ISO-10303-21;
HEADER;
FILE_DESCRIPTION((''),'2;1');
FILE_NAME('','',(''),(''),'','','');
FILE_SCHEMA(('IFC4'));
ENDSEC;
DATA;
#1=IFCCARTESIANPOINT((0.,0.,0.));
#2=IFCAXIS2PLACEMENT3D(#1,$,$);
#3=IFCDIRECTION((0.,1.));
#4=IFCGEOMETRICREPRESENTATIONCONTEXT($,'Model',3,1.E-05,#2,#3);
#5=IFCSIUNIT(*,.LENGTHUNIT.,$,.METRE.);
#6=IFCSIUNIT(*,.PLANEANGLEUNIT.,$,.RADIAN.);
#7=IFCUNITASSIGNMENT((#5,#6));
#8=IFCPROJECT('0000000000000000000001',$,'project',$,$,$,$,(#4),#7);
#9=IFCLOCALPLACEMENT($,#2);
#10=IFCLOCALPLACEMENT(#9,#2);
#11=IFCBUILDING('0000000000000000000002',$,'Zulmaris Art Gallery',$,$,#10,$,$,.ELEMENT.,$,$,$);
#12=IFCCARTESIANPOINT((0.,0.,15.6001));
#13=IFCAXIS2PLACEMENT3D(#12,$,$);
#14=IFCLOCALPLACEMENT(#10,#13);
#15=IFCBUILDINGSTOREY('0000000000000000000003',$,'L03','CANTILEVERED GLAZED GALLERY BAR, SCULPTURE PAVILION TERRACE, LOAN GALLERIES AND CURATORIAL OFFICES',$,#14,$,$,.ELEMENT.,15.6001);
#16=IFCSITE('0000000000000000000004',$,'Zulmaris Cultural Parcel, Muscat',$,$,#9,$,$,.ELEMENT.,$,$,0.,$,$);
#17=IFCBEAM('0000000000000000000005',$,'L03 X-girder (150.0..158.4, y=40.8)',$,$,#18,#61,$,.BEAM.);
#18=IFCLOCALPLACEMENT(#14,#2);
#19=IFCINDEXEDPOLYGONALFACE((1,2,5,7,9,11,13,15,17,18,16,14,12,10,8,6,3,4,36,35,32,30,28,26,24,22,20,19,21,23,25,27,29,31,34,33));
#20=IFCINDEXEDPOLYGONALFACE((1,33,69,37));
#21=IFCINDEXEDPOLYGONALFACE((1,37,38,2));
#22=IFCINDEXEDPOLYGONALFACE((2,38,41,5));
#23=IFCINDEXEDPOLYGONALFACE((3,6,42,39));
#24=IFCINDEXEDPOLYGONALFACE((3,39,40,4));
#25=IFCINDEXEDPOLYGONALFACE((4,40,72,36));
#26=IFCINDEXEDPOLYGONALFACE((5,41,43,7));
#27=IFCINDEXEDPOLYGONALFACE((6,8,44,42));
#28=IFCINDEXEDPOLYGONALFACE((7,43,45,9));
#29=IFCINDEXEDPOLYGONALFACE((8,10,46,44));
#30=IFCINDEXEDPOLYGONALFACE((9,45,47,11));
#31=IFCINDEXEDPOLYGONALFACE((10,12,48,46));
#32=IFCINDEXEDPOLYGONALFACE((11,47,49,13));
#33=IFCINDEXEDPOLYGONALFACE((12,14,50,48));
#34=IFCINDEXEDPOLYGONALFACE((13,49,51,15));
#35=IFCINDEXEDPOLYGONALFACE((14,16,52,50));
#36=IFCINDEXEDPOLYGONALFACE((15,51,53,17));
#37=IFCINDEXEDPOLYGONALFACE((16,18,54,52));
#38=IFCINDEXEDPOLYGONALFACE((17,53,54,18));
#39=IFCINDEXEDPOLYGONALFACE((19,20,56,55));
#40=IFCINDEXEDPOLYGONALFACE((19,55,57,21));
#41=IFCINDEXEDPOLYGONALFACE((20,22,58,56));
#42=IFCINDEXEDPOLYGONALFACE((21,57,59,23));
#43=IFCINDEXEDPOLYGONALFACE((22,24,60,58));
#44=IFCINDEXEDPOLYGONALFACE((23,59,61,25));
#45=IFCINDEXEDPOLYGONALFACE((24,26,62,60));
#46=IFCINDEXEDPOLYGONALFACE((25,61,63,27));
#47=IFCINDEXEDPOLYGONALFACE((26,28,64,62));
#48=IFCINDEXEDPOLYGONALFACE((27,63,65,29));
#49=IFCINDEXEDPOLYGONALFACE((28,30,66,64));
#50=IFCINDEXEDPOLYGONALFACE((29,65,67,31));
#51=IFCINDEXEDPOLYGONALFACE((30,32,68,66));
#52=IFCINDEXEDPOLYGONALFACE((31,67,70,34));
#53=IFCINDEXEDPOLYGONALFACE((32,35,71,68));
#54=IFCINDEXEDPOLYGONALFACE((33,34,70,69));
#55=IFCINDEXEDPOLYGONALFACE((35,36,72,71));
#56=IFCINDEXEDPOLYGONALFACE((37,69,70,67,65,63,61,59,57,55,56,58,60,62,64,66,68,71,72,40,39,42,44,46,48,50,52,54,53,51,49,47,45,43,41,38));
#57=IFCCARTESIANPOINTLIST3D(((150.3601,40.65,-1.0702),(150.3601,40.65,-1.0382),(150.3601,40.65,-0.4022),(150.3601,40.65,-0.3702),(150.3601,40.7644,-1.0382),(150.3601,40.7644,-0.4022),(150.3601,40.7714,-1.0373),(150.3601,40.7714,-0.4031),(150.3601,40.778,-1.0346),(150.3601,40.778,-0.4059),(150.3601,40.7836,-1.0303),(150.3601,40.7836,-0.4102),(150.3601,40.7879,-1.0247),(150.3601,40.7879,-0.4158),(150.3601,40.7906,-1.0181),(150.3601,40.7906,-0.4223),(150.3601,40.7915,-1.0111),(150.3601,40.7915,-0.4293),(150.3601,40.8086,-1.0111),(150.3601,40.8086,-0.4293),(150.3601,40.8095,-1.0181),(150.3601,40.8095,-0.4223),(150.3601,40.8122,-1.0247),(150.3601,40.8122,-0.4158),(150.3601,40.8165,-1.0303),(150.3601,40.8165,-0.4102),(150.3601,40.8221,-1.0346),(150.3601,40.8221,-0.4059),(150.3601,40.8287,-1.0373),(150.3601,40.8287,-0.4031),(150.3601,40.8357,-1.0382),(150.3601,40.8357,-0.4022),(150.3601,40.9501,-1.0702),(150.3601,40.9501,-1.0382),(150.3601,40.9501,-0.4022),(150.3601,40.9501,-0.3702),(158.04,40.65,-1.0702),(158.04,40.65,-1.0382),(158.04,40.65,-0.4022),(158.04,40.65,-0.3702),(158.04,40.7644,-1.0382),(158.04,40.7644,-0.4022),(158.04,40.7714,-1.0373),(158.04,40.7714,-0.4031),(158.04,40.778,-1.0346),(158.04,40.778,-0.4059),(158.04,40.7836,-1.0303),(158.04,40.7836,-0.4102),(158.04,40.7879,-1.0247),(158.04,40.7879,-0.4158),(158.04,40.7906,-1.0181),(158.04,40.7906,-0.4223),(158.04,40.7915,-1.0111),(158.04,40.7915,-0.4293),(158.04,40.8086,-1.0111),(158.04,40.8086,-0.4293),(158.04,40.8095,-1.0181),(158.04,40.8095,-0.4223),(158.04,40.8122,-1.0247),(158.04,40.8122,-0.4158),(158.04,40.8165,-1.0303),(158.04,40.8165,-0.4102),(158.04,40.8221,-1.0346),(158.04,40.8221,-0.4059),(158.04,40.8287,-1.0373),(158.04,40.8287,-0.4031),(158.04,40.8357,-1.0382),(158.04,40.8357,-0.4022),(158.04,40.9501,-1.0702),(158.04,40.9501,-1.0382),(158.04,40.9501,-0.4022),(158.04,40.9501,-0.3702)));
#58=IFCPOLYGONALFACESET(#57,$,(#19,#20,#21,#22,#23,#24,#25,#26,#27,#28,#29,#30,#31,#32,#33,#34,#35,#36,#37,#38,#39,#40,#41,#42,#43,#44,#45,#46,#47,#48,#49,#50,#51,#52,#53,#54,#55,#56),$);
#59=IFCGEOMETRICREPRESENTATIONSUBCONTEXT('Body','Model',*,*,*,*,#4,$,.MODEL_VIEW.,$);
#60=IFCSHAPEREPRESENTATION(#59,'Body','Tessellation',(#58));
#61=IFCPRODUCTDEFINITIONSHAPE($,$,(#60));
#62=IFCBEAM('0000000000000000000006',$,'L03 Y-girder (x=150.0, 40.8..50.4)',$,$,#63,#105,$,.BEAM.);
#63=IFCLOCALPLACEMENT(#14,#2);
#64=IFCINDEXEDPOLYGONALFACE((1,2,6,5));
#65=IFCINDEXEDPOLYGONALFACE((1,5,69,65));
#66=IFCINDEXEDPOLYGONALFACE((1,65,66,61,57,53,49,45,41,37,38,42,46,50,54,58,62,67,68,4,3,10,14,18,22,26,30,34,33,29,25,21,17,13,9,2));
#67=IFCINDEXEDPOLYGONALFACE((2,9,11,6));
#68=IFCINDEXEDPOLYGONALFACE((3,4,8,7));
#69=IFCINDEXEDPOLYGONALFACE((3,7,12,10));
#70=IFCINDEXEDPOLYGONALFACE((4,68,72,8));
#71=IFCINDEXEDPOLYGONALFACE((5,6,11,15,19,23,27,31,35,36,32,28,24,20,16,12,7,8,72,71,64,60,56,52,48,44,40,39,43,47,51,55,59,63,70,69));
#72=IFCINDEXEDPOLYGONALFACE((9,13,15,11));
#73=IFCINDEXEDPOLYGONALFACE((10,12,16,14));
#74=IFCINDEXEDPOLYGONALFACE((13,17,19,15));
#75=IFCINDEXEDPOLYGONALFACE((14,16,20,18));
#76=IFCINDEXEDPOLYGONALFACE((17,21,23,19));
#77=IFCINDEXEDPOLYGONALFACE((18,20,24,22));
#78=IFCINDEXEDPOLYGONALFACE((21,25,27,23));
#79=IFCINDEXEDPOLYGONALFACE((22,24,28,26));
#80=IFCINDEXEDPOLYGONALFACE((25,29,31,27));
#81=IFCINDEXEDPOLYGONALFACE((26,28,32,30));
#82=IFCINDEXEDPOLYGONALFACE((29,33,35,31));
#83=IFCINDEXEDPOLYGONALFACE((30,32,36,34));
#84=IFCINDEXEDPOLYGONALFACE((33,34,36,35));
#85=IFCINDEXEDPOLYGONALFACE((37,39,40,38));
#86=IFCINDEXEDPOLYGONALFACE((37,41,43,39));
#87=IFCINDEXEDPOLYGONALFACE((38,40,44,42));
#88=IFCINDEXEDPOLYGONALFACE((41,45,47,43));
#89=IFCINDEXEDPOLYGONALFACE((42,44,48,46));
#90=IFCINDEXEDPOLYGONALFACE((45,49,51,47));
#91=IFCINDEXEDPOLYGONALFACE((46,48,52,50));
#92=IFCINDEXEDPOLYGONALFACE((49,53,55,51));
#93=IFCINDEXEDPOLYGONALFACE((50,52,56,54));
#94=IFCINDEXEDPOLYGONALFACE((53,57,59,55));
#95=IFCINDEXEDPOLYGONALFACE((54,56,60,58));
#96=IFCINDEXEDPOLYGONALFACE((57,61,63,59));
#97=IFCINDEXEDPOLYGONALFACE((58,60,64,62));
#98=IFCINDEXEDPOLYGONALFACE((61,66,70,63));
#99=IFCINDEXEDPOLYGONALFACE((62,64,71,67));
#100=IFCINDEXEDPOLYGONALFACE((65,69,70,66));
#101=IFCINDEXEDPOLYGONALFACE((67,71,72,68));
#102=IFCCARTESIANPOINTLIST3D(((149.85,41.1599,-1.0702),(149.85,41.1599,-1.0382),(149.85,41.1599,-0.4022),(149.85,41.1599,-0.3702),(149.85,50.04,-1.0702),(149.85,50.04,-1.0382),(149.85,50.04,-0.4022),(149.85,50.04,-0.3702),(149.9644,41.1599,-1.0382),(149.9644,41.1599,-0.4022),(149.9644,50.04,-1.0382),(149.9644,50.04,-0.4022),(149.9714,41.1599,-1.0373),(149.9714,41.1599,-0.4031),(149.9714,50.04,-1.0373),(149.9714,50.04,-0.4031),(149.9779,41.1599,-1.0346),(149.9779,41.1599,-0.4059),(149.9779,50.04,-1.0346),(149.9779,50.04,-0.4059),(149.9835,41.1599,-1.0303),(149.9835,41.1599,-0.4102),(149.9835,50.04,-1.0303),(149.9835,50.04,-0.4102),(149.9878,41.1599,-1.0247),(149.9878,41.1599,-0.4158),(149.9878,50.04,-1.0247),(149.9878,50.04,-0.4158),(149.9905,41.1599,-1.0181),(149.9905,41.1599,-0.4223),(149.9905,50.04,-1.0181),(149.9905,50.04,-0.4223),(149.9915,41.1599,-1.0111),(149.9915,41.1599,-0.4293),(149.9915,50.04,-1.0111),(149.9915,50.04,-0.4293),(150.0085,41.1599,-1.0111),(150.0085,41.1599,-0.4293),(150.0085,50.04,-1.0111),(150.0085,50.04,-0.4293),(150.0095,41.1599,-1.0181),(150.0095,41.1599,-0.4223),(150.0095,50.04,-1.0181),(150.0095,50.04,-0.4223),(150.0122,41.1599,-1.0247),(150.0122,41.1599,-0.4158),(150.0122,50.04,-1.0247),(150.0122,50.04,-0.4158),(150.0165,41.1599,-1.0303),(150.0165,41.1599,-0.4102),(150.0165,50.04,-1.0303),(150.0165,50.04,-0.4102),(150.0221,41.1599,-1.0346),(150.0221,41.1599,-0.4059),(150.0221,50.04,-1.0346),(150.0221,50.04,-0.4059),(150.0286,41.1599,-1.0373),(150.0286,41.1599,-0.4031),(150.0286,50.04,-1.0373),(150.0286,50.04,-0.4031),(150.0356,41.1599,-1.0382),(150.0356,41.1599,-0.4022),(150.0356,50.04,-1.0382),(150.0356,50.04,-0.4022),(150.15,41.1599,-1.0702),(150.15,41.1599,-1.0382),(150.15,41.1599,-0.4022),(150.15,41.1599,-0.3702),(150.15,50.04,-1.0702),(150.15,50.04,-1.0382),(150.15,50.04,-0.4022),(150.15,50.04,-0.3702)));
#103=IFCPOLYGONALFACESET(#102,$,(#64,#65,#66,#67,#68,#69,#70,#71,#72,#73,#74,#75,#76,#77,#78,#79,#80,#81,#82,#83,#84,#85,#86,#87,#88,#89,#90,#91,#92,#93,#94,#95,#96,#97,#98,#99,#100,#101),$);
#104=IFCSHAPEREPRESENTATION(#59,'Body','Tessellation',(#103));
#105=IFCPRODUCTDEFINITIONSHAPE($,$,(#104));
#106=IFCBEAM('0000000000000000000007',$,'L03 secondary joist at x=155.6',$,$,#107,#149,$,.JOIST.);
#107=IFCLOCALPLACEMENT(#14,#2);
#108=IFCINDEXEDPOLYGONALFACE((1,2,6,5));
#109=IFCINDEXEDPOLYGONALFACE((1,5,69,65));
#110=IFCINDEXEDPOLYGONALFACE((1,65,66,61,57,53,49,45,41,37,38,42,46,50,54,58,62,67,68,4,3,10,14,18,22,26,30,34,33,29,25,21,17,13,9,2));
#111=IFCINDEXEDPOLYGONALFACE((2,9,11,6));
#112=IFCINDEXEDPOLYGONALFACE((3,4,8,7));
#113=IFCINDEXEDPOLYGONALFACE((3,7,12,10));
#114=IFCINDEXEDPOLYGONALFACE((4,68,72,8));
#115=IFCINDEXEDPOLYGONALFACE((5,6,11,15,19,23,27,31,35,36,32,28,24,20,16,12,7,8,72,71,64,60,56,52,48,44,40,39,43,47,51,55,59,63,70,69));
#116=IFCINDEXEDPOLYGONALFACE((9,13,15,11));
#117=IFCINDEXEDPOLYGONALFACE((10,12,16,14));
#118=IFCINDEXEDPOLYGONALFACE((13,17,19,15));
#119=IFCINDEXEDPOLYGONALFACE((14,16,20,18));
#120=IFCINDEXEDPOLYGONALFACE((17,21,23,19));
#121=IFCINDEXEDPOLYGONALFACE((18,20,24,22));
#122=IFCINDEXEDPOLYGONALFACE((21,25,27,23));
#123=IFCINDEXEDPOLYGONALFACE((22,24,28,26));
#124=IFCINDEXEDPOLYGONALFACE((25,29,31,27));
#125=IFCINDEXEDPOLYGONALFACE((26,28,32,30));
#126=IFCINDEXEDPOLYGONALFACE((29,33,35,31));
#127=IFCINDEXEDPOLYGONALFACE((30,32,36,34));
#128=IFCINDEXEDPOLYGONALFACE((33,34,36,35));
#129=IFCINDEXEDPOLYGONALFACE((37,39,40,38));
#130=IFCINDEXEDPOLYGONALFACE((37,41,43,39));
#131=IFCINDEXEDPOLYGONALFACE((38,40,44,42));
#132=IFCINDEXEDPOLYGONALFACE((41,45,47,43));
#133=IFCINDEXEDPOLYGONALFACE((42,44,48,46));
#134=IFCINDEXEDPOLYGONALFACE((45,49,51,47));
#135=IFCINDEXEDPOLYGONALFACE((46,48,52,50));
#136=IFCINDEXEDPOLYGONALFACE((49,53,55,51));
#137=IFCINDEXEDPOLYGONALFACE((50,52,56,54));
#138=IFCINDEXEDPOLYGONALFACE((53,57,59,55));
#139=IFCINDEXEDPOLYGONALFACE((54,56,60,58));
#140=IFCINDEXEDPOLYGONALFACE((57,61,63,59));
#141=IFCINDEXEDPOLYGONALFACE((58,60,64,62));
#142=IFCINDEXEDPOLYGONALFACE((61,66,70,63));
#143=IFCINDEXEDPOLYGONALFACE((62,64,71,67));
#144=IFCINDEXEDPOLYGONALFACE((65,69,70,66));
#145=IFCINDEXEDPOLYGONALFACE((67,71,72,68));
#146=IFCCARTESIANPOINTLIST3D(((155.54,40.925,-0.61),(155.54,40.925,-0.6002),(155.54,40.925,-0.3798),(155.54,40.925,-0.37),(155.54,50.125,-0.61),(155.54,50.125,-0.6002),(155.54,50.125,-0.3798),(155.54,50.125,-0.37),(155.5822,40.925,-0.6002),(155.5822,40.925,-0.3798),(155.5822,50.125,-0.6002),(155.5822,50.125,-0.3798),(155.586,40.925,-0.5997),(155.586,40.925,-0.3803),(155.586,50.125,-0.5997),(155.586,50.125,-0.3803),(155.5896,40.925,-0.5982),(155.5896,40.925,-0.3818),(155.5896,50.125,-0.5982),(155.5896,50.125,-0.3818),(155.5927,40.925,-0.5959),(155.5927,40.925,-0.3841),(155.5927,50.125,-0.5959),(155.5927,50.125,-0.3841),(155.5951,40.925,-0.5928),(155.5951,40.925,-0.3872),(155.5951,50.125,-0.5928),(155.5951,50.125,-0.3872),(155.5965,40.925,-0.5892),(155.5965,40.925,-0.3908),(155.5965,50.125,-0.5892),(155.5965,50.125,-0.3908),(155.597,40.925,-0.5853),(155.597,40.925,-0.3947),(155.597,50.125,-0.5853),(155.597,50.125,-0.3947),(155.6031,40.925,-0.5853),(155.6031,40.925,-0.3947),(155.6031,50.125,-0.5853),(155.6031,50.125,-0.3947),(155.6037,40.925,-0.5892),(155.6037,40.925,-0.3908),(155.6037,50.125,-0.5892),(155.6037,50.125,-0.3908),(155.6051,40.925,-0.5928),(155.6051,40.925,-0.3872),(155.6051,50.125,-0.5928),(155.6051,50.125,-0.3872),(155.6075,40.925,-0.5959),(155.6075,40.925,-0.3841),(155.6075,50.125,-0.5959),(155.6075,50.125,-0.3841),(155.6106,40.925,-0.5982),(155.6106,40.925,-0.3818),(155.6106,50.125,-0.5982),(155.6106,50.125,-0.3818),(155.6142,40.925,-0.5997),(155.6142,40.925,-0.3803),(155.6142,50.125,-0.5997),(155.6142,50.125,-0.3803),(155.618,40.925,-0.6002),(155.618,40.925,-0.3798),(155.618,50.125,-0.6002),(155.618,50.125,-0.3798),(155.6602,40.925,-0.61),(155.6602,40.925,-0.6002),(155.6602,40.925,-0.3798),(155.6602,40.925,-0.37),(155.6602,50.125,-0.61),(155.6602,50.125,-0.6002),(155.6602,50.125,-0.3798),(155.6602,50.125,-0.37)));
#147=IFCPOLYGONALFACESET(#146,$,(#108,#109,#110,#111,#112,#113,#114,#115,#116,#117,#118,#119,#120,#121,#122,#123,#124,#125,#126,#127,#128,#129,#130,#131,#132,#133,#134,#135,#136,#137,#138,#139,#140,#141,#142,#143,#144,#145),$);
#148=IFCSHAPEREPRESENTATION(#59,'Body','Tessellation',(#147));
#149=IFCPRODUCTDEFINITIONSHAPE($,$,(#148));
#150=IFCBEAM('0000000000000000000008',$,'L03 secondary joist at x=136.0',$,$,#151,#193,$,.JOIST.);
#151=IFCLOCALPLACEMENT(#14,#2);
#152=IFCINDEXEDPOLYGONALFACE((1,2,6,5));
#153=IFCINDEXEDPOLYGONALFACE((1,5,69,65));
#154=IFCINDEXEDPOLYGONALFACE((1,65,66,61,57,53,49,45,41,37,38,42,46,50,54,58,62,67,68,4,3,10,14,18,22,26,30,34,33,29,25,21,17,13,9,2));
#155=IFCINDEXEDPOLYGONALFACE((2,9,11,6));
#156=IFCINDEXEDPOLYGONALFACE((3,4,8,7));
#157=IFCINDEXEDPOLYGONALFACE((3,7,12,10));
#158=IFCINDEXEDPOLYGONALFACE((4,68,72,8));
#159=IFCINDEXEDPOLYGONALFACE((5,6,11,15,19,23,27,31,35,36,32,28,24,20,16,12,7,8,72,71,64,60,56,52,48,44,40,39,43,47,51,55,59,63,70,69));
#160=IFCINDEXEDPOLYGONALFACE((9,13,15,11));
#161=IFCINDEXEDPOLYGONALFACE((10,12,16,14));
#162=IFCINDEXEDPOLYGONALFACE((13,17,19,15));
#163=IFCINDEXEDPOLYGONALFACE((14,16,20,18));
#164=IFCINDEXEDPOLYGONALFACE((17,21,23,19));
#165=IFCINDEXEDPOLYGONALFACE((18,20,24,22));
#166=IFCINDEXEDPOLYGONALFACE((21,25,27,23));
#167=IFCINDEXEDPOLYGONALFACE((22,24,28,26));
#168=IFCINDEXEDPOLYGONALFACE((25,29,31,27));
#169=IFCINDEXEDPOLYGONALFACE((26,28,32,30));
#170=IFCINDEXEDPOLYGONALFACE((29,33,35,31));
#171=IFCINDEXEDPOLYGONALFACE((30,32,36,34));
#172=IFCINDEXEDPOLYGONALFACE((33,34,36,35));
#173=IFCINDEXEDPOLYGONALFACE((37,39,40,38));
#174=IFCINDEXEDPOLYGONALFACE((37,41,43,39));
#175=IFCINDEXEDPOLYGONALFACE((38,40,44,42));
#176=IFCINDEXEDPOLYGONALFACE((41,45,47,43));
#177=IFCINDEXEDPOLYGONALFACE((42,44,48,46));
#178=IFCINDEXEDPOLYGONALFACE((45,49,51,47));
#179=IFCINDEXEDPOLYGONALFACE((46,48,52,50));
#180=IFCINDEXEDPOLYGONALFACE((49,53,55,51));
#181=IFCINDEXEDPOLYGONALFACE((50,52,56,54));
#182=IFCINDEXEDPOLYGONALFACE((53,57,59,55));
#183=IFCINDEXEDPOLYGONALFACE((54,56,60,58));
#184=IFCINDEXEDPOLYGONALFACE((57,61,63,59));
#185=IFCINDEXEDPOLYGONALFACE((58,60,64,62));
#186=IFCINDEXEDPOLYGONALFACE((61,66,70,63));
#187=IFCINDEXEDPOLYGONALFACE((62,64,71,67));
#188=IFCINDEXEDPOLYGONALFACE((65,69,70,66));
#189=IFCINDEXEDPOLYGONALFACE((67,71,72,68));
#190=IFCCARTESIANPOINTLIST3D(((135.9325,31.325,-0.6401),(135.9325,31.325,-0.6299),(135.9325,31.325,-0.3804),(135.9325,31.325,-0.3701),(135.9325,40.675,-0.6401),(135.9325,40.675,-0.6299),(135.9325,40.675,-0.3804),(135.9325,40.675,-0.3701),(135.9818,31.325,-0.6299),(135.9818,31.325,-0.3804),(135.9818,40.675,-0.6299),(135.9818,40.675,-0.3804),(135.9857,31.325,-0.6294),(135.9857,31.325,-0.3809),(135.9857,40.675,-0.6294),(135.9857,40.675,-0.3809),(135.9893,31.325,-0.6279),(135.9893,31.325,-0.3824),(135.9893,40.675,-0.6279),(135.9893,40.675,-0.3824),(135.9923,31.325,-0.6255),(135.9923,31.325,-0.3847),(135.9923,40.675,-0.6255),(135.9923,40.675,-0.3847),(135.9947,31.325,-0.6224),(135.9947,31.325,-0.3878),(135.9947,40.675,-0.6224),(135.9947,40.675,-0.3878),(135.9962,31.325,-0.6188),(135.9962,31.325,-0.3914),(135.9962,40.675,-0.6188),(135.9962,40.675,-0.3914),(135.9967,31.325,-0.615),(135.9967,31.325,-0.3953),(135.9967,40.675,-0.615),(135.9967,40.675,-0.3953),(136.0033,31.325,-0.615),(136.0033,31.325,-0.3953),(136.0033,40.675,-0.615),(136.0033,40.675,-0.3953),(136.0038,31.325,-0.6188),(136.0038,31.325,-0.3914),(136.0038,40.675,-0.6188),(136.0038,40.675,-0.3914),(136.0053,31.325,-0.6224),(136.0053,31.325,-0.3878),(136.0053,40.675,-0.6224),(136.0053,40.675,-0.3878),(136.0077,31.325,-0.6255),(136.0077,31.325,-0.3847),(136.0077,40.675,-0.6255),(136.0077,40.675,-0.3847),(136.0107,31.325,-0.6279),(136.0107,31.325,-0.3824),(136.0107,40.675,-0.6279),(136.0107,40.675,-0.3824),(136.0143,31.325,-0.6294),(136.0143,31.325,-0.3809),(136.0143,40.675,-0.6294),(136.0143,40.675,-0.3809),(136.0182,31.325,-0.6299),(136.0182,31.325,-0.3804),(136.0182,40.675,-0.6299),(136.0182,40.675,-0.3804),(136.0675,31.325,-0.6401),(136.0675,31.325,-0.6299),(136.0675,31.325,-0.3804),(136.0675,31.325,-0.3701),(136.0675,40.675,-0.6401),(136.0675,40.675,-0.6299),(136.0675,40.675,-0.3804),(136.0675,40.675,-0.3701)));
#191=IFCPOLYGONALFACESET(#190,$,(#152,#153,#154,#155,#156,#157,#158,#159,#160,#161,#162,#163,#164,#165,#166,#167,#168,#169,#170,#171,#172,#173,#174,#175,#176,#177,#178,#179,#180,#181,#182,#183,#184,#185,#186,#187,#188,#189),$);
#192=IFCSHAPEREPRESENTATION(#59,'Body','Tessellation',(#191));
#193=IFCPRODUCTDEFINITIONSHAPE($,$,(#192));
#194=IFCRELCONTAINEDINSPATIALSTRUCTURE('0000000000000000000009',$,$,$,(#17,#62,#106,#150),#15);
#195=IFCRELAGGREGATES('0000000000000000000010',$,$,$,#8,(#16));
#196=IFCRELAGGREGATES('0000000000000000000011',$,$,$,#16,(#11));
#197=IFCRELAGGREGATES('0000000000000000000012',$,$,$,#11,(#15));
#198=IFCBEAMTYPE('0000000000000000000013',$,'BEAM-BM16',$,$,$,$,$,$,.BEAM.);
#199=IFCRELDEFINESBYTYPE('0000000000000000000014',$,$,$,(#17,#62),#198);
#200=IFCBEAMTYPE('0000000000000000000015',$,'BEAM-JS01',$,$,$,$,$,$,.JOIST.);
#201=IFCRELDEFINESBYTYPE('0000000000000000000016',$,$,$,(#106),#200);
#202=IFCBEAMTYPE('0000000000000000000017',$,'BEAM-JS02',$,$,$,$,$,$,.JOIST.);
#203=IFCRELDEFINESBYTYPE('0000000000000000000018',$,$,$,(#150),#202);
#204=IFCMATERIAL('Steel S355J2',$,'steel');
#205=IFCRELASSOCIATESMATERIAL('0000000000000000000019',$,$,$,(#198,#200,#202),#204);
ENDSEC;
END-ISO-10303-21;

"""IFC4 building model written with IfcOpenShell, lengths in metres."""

from ifc_helpers import new_model, si_unit, direction, frame, origin, origin_2d, place, context, subcontext, project, spatial, i_section, extrude, material, material_profile, profile_set, type_object, element, save


model = new_model("IFC4")

# Units and contexts
model_context = context("Model", 3, precision=1e-05, world=origin(), true_north=direction((0.0, 1.0)))
body_context = subcontext(model_context, "Body", "Model", "MODEL_VIEW")
ifc_project = project(units=[si_unit("LENGTHUNIT", "METRE"), si_unit("PLANEANGLEUNIT", "RADIAN")], contexts=[model_context])

# Site, building, storey
site_placement = place(None, origin())
site = spatial("IfcSite", under=ifc_project, at=site_placement, Name="Zulmaris Cultural Parcel, Muscat", CompositionType="ELEMENT", RefElevation=0.0)
building_placement = place(site_placement, origin())
building = spatial("IfcBuilding", under=site, at=building_placement, Name="Zulmaris Art Gallery", CompositionType="ELEMENT")
storey_placement = place(building_placement, frame((0.0, 0.0, 15.6001)))
storey = spatial("IfcBuildingStorey", under=building, at=storey_placement, Name="L03", Description="CANTILEVERED GLAZED GALLERY BAR, SCULPTURE PAVILION TERRACE, LOAN GALLERIES AND CURATORIAL OFFICES", CompositionType="ELEMENT", Elevation=15.6001)

# Beams
ifc_material_1 = material(Name="Steel S355J2", Category="steel")
ifc_material_profile_1 = material_profile(ifc_material_1, i_section(OverallWidth=0.3, OverallDepth=0.7, WebThickness=0.0171, FlangeThickness=0.032, FilletRadius=0.0271, at=origin_2d()), Name="HEB 700")
ifc_profile_set_1 = profile_set([ifc_material_profile_1], Name="Steel S355J2")
beam_type_1 = type_object("IfcBeamType", Name="BEAM-BM16", PredefinedType="BEAM", material=ifc_profile_set_1)
beam_1_placement = place(storey_placement, frame((150.3601, 40.8, -0.7202), z_axis=(1.0, 0.0, 0.0), x_axis=(0.0, 1.0, 0.0)))
element("IfcBeam", 1, at=beam_1_placement, inside=storey, type_object=beam_type_1, Name="L03 X-girder (150.0..158.4, y=40.8)", PredefinedType="BEAM", context=body_context, shape_type="SweptSolid", body=[
    extrude(i_section(OverallWidth=0.3, OverallDepth=0.7, WebThickness=0.0171, FlangeThickness=0.032, FilletRadius=0.0271, at=origin_2d()), origin(), (0.0, 0.0, 1.0), 7.6799),
])
beam_2_placement = place(storey_placement, frame((150.0, 41.1599, -0.7202), z_axis=(0.0, 1.0, 0.0), x_axis=(-1.0, 0.0, 0.0)))
element("IfcBeam", 2, at=beam_2_placement, inside=storey, type_object=beam_type_1, Name="L03 Y-girder (x=150.0, 40.8..50.4)", PredefinedType="BEAM", context=body_context, shape_type="SweptSolid", body=[
    extrude(i_section(OverallWidth=0.3, OverallDepth=0.7, WebThickness=0.0171, FlangeThickness=0.032, FilletRadius=0.0271, at=origin_2d()), origin(), (0.0, 0.0, 1.0), 8.8801),
])
ifc_material_profile_2 = material_profile(ifc_material_1, i_section(OverallWidth=0.1201, OverallDepth=0.24, WebThickness=0.0061, FlangeThickness=0.0098, FilletRadius=0.0149, at=origin_2d()), Name="IPE 240")
ifc_profile_set_2 = profile_set([ifc_material_profile_2], Name="Steel S355J2")
beam_type_2 = type_object("IfcBeamType", Name="BEAM-JS01", PredefinedType="JOIST", material=ifc_profile_set_2)
beam_3_placement = place(storey_placement, frame((155.6001, 40.925, -0.49), z_axis=(0.0, 1.0, 0.0), x_axis=(-1.0, 0.0, 0.0)))
element("IfcBeam", 3, at=beam_3_placement, inside=storey, type_object=beam_type_2, Name="L03 secondary joist at x=155.6", PredefinedType="JOIST", context=body_context, shape_type="SweptSolid", body=[
    extrude(i_section(OverallWidth=0.1201, OverallDepth=0.24, WebThickness=0.0061, FlangeThickness=0.0098, FilletRadius=0.0149, at=origin_2d()), origin(), (0.0, 0.0, 1.0), 9.2),
])
ifc_material_profile_3 = material_profile(ifc_material_1, i_section(OverallWidth=0.135, OverallDepth=0.27, WebThickness=0.0066, FlangeThickness=0.0103, FilletRadius=0.0149, at=origin_2d()), Name="IPE 270")
ifc_profile_set_3 = profile_set([ifc_material_profile_3], Name="Steel S355J2")
beam_type_3 = type_object("IfcBeamType", Name="BEAM-JS02", PredefinedType="JOIST", material=ifc_profile_set_3)
for number, where, z_axis, x_axis, name in (
    (4, (136.0, 31.325, -0.5051), (0.0, 1.0, 0.0), (-1.0, 0.0, 0.0), "L03 secondary joist at x=136.0"),
):
    element("IfcBeam", number, at=place(storey_placement, frame(where, z_axis=z_axis, x_axis=x_axis)), inside=storey, type_object=beam_type_3, Name=name, PredefinedType="JOIST", context=body_context, shape_type="SweptSolid", body=[
        extrude(i_section(OverallWidth=0.135, OverallDepth=0.27, WebThickness=0.0066, FlangeThickness=0.0103, FilletRadius=0.0149, at=origin_2d()), origin(), (0.0, 0.0, 1.0), 9.3501),
    ])

save(model, "model.ifc")
